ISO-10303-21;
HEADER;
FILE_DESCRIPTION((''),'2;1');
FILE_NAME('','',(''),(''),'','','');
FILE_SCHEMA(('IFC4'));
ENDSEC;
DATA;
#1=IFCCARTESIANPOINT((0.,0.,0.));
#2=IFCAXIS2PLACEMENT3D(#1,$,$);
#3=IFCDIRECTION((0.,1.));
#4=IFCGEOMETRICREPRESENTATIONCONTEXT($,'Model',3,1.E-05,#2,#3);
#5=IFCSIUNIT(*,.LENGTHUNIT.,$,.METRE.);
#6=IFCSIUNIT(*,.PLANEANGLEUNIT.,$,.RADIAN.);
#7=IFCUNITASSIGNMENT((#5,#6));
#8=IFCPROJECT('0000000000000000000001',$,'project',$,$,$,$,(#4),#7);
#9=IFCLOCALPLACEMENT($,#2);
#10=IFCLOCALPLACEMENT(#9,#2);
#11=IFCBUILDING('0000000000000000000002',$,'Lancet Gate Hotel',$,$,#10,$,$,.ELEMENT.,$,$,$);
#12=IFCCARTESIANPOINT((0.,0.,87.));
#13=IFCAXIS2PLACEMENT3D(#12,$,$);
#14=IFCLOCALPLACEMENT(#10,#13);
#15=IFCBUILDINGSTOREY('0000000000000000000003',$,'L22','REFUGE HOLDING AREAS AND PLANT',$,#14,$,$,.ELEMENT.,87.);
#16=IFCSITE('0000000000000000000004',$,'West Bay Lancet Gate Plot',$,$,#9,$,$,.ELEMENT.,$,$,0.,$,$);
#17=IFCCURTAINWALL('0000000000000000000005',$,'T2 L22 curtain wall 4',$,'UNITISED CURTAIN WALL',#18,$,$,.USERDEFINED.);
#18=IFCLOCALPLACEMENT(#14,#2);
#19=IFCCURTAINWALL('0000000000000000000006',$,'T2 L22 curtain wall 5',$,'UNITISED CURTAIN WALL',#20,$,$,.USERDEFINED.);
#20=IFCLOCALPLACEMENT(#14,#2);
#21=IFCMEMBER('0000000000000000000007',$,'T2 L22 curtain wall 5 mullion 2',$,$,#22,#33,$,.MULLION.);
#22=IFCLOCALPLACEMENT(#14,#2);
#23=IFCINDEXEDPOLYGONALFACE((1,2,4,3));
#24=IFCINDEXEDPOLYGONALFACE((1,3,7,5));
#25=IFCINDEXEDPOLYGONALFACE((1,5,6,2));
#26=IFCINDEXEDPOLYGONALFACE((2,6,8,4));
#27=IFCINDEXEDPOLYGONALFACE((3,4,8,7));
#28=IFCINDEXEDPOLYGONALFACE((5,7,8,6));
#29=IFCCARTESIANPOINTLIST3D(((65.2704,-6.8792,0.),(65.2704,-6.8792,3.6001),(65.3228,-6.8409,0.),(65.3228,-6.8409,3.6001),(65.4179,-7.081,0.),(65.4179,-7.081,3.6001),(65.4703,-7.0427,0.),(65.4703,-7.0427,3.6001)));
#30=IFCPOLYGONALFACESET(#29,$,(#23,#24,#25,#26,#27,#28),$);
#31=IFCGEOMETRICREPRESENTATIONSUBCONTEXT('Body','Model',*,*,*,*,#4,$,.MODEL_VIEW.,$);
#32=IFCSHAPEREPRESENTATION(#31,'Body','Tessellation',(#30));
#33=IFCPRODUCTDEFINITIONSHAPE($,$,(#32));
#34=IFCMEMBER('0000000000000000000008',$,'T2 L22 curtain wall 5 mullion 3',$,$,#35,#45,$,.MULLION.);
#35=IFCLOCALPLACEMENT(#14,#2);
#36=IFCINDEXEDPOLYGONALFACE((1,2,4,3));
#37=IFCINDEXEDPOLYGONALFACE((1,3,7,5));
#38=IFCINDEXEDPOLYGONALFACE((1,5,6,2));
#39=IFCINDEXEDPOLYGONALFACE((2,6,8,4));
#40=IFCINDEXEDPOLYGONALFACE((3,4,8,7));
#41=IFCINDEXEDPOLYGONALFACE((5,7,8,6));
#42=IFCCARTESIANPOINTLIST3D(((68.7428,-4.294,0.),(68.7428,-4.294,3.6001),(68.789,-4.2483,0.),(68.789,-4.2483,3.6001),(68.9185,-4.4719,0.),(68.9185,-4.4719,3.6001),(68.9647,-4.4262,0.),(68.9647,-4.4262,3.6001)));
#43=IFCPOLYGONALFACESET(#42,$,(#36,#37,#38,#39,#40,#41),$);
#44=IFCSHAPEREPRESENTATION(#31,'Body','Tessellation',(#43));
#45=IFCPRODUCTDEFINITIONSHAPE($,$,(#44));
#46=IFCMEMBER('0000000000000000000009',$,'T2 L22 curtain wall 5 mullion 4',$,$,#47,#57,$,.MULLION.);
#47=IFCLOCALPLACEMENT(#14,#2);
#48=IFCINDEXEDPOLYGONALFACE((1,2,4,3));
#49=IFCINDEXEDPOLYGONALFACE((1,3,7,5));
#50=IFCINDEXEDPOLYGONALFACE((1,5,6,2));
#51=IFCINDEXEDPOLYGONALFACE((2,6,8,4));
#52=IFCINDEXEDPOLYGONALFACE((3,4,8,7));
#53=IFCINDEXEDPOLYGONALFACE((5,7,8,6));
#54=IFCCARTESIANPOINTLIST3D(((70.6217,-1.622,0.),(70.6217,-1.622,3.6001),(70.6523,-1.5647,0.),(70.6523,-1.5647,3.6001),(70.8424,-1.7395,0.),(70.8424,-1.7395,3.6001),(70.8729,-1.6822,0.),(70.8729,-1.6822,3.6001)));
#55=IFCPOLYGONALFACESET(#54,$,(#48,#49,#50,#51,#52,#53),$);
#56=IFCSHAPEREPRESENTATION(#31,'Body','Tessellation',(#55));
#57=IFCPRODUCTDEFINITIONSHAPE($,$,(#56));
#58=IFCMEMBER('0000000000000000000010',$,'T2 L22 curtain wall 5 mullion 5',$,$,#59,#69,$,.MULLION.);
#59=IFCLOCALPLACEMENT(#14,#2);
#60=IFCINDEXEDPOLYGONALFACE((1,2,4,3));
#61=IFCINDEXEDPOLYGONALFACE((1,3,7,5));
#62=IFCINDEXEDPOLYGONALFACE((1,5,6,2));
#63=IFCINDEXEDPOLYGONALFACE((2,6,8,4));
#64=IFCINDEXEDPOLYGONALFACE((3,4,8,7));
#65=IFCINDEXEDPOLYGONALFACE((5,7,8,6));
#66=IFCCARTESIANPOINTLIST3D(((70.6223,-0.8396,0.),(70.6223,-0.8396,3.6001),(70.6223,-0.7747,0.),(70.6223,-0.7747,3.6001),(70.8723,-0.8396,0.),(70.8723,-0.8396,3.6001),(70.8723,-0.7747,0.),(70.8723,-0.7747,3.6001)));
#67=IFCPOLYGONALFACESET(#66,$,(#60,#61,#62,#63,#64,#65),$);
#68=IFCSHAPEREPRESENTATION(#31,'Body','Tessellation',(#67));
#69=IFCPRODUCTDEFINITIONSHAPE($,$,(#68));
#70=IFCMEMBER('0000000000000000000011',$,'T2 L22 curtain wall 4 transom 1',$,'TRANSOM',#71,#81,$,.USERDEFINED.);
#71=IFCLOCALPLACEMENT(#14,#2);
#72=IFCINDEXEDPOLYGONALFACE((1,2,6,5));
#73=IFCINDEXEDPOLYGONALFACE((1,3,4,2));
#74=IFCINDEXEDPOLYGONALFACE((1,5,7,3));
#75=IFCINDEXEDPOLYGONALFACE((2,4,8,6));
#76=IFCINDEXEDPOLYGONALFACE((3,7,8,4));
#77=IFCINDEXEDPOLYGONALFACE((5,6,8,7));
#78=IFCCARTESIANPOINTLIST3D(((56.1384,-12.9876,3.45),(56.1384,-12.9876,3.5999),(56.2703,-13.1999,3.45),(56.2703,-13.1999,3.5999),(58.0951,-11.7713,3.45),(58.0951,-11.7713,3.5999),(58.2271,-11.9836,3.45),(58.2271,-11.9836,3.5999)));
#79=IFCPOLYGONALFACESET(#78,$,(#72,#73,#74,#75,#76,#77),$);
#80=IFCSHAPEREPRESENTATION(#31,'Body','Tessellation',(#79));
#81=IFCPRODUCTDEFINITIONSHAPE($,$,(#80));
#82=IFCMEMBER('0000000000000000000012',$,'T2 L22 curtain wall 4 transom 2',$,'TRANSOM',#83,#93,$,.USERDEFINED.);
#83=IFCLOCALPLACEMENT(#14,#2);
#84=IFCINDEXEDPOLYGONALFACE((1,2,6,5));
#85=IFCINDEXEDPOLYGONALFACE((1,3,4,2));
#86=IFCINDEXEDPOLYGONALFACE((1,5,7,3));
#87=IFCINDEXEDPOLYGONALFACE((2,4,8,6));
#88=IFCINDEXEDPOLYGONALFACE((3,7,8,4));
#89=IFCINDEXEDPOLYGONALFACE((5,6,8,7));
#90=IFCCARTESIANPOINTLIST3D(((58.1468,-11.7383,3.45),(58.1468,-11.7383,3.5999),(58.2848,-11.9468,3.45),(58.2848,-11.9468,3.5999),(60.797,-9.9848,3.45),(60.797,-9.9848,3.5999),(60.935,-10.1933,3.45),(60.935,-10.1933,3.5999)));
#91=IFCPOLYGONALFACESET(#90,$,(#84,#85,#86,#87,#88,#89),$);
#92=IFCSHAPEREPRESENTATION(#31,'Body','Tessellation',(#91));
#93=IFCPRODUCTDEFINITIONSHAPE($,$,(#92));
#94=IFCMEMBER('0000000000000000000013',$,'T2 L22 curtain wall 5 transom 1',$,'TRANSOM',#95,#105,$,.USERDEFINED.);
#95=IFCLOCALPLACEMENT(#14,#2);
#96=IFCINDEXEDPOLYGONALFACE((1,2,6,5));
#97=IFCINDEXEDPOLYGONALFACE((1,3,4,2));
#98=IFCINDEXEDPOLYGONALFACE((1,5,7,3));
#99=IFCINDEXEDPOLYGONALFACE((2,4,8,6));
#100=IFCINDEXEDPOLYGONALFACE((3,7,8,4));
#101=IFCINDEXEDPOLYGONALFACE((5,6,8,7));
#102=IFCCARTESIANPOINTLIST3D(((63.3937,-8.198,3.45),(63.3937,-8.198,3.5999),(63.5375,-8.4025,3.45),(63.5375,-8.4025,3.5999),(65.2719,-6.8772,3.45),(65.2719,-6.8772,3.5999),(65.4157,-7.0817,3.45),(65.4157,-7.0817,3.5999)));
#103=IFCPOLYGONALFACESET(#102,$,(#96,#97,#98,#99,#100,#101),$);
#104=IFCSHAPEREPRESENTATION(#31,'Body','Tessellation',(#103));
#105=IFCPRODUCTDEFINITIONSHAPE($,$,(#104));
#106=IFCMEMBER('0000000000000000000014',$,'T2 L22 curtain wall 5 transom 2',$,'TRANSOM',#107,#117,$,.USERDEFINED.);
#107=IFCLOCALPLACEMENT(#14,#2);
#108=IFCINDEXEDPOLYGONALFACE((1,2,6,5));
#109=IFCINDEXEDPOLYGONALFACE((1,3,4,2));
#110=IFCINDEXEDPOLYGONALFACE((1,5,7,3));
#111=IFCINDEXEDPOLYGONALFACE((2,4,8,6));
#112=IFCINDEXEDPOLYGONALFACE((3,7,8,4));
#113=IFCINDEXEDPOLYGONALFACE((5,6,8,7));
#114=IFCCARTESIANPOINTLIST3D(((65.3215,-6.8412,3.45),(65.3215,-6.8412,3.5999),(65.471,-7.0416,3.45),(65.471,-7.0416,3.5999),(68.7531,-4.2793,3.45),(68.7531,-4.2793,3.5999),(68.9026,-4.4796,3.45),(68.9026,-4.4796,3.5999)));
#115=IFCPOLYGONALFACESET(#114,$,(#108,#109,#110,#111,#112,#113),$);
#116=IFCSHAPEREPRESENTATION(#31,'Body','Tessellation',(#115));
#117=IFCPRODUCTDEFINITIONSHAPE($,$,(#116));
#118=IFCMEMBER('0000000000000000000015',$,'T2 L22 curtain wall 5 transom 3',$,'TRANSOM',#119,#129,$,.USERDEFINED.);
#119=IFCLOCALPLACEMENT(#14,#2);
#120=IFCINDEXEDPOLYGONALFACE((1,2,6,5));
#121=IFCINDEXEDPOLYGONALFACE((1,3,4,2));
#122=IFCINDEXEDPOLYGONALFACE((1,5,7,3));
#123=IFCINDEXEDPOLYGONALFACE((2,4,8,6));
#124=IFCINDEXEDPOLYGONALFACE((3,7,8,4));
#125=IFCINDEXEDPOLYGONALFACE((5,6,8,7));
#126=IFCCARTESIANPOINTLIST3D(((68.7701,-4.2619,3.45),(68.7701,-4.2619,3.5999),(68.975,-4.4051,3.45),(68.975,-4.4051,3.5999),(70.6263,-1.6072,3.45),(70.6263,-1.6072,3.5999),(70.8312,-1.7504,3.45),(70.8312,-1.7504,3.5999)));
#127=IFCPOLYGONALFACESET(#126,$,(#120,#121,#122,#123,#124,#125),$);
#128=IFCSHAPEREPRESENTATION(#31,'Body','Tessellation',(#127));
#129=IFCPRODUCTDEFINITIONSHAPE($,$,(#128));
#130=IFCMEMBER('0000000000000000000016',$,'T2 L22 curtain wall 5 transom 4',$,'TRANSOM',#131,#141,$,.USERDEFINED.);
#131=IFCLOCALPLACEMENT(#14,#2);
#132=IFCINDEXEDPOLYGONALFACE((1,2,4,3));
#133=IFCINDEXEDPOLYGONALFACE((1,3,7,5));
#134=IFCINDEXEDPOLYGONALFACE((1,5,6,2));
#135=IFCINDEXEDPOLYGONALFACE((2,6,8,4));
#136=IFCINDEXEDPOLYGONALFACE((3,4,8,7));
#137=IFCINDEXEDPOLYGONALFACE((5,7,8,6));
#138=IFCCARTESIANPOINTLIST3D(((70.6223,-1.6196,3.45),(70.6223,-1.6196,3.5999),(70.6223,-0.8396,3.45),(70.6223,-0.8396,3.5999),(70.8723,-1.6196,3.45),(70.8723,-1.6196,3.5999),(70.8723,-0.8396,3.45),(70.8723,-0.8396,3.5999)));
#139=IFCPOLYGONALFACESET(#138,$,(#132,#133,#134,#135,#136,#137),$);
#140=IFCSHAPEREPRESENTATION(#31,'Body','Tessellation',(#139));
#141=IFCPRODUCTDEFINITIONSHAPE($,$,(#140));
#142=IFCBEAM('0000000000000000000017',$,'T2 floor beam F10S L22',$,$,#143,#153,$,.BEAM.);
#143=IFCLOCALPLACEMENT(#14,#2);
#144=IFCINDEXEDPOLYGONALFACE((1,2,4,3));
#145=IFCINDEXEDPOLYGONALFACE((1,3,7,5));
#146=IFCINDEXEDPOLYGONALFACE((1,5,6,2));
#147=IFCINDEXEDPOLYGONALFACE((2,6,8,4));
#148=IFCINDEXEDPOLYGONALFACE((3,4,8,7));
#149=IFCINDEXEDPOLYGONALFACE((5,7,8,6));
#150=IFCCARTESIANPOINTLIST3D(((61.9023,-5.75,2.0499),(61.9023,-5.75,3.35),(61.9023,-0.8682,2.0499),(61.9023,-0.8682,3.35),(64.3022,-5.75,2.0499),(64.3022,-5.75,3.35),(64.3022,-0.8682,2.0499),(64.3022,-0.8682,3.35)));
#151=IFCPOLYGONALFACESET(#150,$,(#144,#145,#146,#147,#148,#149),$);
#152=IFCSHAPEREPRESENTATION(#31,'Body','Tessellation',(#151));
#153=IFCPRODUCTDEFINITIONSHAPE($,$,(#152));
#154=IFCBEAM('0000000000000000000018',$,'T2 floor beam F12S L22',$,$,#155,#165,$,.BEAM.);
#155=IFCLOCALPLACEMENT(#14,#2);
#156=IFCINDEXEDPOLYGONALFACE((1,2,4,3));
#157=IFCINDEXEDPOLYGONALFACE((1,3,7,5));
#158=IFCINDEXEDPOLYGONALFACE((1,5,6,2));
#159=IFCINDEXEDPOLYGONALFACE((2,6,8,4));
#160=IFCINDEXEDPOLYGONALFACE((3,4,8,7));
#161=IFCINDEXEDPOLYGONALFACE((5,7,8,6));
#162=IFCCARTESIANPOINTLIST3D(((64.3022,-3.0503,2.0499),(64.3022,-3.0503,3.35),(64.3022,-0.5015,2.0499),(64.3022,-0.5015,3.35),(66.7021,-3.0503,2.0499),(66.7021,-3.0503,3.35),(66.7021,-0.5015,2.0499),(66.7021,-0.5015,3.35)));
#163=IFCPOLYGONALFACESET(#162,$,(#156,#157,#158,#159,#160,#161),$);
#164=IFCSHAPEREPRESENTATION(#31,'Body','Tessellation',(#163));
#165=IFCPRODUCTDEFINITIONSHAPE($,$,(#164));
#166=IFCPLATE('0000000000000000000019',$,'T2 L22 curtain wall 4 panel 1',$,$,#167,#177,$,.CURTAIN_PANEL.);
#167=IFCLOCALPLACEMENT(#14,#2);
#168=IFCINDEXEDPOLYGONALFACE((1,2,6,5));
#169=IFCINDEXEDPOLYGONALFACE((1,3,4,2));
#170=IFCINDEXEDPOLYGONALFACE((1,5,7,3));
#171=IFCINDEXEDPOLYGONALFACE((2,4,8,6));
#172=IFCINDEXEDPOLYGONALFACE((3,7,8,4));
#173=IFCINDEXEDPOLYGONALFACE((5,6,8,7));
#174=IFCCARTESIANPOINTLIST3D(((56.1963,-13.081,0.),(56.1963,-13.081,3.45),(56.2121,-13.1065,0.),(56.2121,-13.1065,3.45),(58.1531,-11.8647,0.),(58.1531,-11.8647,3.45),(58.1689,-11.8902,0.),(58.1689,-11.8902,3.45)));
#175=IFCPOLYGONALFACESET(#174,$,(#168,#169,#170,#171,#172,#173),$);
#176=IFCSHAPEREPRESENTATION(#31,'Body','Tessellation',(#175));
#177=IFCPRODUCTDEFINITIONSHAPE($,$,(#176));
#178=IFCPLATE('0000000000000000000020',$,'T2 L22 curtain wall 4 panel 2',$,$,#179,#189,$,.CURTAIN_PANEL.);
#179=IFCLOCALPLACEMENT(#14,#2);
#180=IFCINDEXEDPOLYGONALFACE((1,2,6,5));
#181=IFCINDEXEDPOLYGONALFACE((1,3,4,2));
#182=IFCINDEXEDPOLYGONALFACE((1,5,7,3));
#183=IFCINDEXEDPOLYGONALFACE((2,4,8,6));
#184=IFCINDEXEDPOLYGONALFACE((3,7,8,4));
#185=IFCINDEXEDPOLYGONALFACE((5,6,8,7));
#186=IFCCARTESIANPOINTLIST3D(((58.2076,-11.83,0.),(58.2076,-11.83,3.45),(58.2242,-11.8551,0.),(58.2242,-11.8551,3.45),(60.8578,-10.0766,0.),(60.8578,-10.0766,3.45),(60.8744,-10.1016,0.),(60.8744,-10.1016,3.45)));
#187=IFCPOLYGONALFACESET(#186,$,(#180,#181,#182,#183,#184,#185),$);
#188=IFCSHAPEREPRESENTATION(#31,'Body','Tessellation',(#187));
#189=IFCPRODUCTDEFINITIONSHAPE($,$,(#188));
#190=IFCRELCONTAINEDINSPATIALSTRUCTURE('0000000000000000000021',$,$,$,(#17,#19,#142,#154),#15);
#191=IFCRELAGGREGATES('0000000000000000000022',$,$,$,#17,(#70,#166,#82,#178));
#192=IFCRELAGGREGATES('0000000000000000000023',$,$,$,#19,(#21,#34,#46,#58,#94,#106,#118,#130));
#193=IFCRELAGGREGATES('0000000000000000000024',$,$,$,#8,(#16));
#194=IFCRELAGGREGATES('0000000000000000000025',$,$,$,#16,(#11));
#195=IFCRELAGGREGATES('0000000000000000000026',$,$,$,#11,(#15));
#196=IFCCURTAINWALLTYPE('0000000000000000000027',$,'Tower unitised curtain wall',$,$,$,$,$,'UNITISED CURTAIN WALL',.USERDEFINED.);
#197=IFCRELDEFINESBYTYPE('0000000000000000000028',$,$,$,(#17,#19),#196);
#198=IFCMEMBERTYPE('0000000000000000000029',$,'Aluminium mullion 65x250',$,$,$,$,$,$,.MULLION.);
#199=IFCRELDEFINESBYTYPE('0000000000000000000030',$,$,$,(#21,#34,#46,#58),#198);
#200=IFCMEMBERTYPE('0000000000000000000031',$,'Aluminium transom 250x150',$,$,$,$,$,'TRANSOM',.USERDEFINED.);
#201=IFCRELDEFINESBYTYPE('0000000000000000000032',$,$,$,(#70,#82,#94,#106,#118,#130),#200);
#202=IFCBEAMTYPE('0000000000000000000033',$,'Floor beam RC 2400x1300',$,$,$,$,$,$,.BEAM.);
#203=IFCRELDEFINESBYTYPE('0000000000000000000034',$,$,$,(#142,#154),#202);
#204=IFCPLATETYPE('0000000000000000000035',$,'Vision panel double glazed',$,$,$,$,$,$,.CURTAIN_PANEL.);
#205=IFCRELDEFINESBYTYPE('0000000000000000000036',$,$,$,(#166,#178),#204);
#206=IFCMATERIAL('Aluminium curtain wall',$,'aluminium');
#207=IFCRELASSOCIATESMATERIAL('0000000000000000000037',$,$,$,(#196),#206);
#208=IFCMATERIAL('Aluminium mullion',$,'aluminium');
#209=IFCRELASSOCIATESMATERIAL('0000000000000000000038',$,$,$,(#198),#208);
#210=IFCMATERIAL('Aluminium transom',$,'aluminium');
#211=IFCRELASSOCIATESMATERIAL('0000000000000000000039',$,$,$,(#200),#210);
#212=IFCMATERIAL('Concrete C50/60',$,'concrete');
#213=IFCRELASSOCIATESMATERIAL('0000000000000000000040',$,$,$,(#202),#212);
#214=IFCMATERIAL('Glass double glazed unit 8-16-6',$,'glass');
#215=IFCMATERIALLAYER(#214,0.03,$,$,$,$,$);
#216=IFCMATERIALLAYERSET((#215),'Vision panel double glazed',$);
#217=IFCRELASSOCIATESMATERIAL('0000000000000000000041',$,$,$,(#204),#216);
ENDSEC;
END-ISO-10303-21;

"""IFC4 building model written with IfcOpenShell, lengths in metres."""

from ifc_helpers import new_model, si_unit, direction, frame, origin, origin_2d, place, context, subcontext, project, spatial, rectangle, extrude, material, layer, layer_set, material_profile, profile_set, type_object, element, aggregate, save


model = new_model("IFC4")

# Units and contexts
model_context = context("Model", 3, precision=1e-05, world=origin(), true_north=direction((0.0, 1.0)))
body_context = subcontext(model_context, "Body", "Model", "MODEL_VIEW")
ifc_project = project(units=[si_unit("LENGTHUNIT", "METRE"), si_unit("PLANEANGLEUNIT", "RADIAN")], contexts=[model_context])

# Site, building, storey
site_placement = place(None, origin())
site = spatial("IfcSite", under=ifc_project, at=site_placement, Name="West Bay Lancet Gate Plot", CompositionType="ELEMENT", RefElevation=0.0)
building_placement = place(site_placement, origin())
building = spatial("IfcBuilding", under=site, at=building_placement, Name="Lancet Gate Hotel", CompositionType="ELEMENT")
storey_placement = place(building_placement, frame((0.0, 0.0, 87.0)))
storey = spatial("IfcBuildingStorey", under=building, at=storey_placement, Name="L22", Description="REFUGE HOLDING AREAS AND PLANT", CompositionType="ELEMENT", Elevation=87.0)

# Shared definitions
ifc_material_1 = material(Name="Aluminium curtain wall", Category="aluminium")
curtain_wall_type = type_object("IfcCurtainWallType", Name="Tower unitised curtain wall", ElementType="UNITISED CURTAIN WALL", PredefinedType="USERDEFINED", material=ifc_material_1)
ifc_material_2 = material(Name="Aluminium mullion", Category="aluminium")
ifc_material_profile_1 = material_profile(ifc_material_2, rectangle(XDim=0.0649, YDim=0.25, at=origin_2d()), Name="MULLION 65x250")
ifc_profile_set_1 = profile_set([ifc_material_profile_1], Name="Aluminium mullion")
member_type_1 = type_object("IfcMemberType", Name="Aluminium mullion 65x250", PredefinedType="MULLION", material=ifc_profile_set_1)

# Curtain walls, members
curtain_wall_1_placement = place(storey_placement, origin())
curtain_wall_1 = element("IfcCurtainWall", 1, at=curtain_wall_1_placement, inside=storey, type_object=curtain_wall_type, Name="T2 L22 curtain wall 4", ObjectType="UNITISED CURTAIN WALL", PredefinedType="USERDEFINED")
curtain_wall_2_placement = place(storey_placement, origin())
curtain_wall_2 = element("IfcCurtainWall", 2, at=curtain_wall_2_placement, inside=storey, type_object=curtain_wall_type, Name="T2 L22 curtain wall 5", ObjectType="UNITISED CURTAIN WALL", PredefinedType="USERDEFINED")
member_1_placement = place(storey_placement, frame((65.3704, -6.9609, 0.0), z_axis=(0.0, 0.0, 1.0), x_axis=(0.807254, 0.590204, 0.0)))
member_1 = element("IfcMember", 3, at=member_1_placement, type_object=member_type_1, Name="T2 L22 curtain wall 5 mullion 2", PredefinedType="MULLION", context=body_context, shape_type="SweptSolid", body=[
    extrude(rectangle(XDim=0.0649, YDim=0.25, at=origin_2d()), origin(), (0.0, 0.0, 1.0), 3.6001),
])
member_2_placement = place(storey_placement, frame((68.8538, -4.3601, 0.0), z_axis=(0.0, 0.0, 1.0), x_axis=(0.71161, 0.702574, 0.0)))
member_2 = element("IfcMember", 4, at=member_2_placement, type_object=member_type_1, Name="T2 L22 curtain wall 5 mullion 3", PredefinedType="MULLION", context=body_context, shape_type="SweptSolid", body=[
    extrude(rectangle(XDim=0.0649, YDim=0.25, at=origin_2d()), origin(), (0.0, 0.0, 1.0), 3.6001),
])
member_3_placement = place(storey_placement, frame((70.7473, -1.6521, 0.0), z_axis=(0.0, 0.0, 1.0), x_axis=(0.47031, 0.882502, 0.0)))
member_3 = element("IfcMember", 5, at=member_3_placement, type_object=member_type_1, Name="T2 L22 curtain wall 5 mullion 4", PredefinedType="MULLION", context=body_context, shape_type="SweptSolid", body=[
    extrude(rectangle(XDim=0.0649, YDim=0.25, at=origin_2d()), origin(), (0.0, 0.0, 1.0), 3.6001),
])
member_4_placement = place(storey_placement, frame((70.7473, -0.8071, 0.0), z_axis=(0.0, 0.0, 1.0), x_axis=(0.0, 1.0, 0.0)))
member_4 = element("IfcMember", 6, at=member_4_placement, type_object=member_type_1, Name="T2 L22 curtain wall 5 mullion 5", PredefinedType="MULLION", context=body_context, shape_type="SweptSolid", body=[
    extrude(rectangle(XDim=0.0649, YDim=0.25, at=origin_2d()), origin(), (0.0, 0.0, 1.0), 3.6001),
])

# Members
ifc_material_3 = material(Name="Aluminium transom", Category="aluminium")
ifc_material_profile_2 = material_profile(ifc_material_3, rectangle(XDim=0.25, YDim=0.1499, at=origin_2d()), Name="TRANSOM 250x150")
ifc_profile_set_2 = profile_set([ifc_material_profile_2], Name="Aluminium transom")
member_type_2 = type_object("IfcMemberType", Name="Aluminium transom 250x150", ElementType="TRANSOM", PredefinedType="USERDEFINED", material=ifc_profile_set_2)
member_5_placement = place(storey_placement, frame((56.2043, -13.0938, 3.5249), z_axis=(0.849299, 0.527911, 0.0), x_axis=(-0.527911, 0.849299, 0.0)))
member_5 = element("IfcMember", 7, at=member_5_placement, type_object=member_type_2, Name="T2 L22 curtain wall 4 transom 1", ObjectType="TRANSOM", PredefinedType="USERDEFINED", context=body_context, shape_type="SweptSolid", body=[
    extrude(rectangle(XDim=0.25, YDim=0.1499, at=origin_2d()), origin(), (0.0, 0.0, 1.0), 2.304),
])
member_6_placement = place(storey_placement, frame((58.2158, -11.8425, 3.5249), z_axis=(0.833984, 0.551789, 0.0), x_axis=(-0.551789, 0.833984, 0.0)))
member_6 = element("IfcMember", 8, at=member_6_placement, type_object=member_type_2, Name="T2 L22 curtain wall 4 transom 2", ObjectType="TRANSOM", PredefinedType="USERDEFINED", context=body_context, shape_type="SweptSolid", body=[
    extrude(rectangle(XDim=0.25, YDim=0.1499, at=origin_2d()), origin(), (0.0, 0.0, 1.0), 3.1777),
])
member_7_placement = place(storey_placement, frame((63.4656, -8.3003, 3.5249), z_axis=(0.817986, 0.575238, 0.0), x_axis=(-0.575238, 0.817986, 0.0)))
member_7 = element("IfcMember", 9, at=member_7_placement, type_object=member_type_2, Name="T2 L22 curtain wall 5 transom 1", ObjectType="TRANSOM", PredefinedType="USERDEFINED", context=body_context, shape_type="SweptSolid", body=[
    extrude(rectangle(XDim=0.25, YDim=0.1499, at=origin_2d()), origin(), (0.0, 0.0, 1.0), 2.2961),
])
member_8_placement = place(storey_placement, frame((65.3962, -6.9414, 3.5249), z_axis=(0.801312, 0.598247, 0.0), x_axis=(-0.598247, 0.801312, 0.0)))
member_8 = element("IfcMember", 10, at=member_8_placement, type_object=member_type_2, Name="T2 L22 curtain wall 5 transom 2", ObjectType="TRANSOM", PredefinedType="USERDEFINED", context=body_context, shape_type="SweptSolid", body=[
    extrude(rectangle(XDim=0.25, YDim=0.1499, at=origin_2d()), origin(), (0.0, 0.0, 1.0), 4.2825),
])
member_9_placement = place(storey_placement, frame((68.8726, -4.3335, 3.5249), z_axis=(0.573017, 0.819543, 0.0), x_axis=(-0.819543, 0.573017, 0.0)))
member_9 = element("IfcMember", 11, at=member_9_placement, type_object=member_type_2, Name="T2 L22 curtain wall 5 transom 3", ObjectType="TRANSOM", PredefinedType="USERDEFINED", context=body_context, shape_type="SweptSolid", body=[
    extrude(rectangle(XDim=0.25, YDim=0.1499, at=origin_2d()), origin(), (0.0, 0.0, 1.0), 3.2393),
])
member_10_placement = place(storey_placement, frame((70.7473, -1.6196, 3.5249), z_axis=(0.0, 1.0, 0.0), x_axis=(-1.0, 0.0, 0.0)))
member_10 = element("IfcMember", 12, at=member_10_placement, type_object=member_type_2, Name="T2 L22 curtain wall 5 transom 4", ObjectType="TRANSOM", PredefinedType="USERDEFINED", context=body_context, shape_type="SweptSolid", body=[
    extrude(rectangle(XDim=0.25, YDim=0.1499, at=origin_2d()), origin(), (0.0, 0.0, 1.0), 0.78),
])

# Beams
ifc_material_4 = material(Name="Concrete C50/60", Category="concrete")
ifc_material_profile_3 = material_profile(ifc_material_4, rectangle(XDim=2.3999, YDim=1.3, at=origin_2d()), Name="RC 2400x1300")
ifc_profile_set_3 = profile_set([ifc_material_profile_3], Name="Concrete C50/60")
beam_type = type_object("IfcBeamType", Name="Floor beam RC 2400x1300", PredefinedType="BEAM", material=ifc_profile_set_3)
beam_1_placement = place(storey_placement, frame((63.1023, -5.75, 2.7), z_axis=(0.0, 1.0, 0.0), x_axis=(-1.0, 0.0, 0.0)))
element("IfcBeam", 13, at=beam_1_placement, inside=storey, type_object=beam_type, Name="T2 floor beam F10S L22", PredefinedType="BEAM", context=body_context, shape_type="SweptSolid", body=[
    extrude(rectangle(XDim=2.3999, YDim=1.3, at=origin_2d()), origin(), (0.0, 0.0, 1.0), 4.8818),
])
beam_2_placement = place(storey_placement, frame((65.5022, -3.0503, 2.7), z_axis=(0.0, 1.0, 0.0), x_axis=(-1.0, 0.0, 0.0)))
element("IfcBeam", 14, at=beam_2_placement, inside=storey, type_object=beam_type, Name="T2 floor beam F12S L22", PredefinedType="BEAM", context=body_context, shape_type="SweptSolid", body=[
    extrude(rectangle(XDim=2.3999, YDim=1.3, at=origin_2d()), origin(), (0.0, 0.0, 1.0), 2.5488),
])

# Plates
ifc_material_5 = material(Name="Glass double glazed unit 8-16-6", Category="glass")
ifc_layer_1 = layer(ifc_material_5, 0.03)
ifc_layer_set_1 = layer_set([ifc_layer_1], Name="Vision panel double glazed")
plate_type = type_object("IfcPlateType", Name="Vision panel double glazed", PredefinedType="CURTAIN_PANEL", material=ifc_layer_set_1)
plate_1_placement = place(storey_placement, frame((57.1826, -12.4856, 0.0), z_axis=(0.0, 0.0, 1.0), x_axis=(0.849318, 0.527882, 0.0)))
plate_1 = element("IfcPlate", 15, at=plate_1_placement, type_object=plate_type, Name="T2 L22 curtain wall 4 panel 1", PredefinedType="CURTAIN_PANEL", context=body_context, shape_type="SweptSolid", body=[
    extrude(rectangle(XDim=2.304, YDim=0.03, at=origin_2d()), origin(), (0.0, 0.0, 1.0), 3.45),
])
plate_2_placement = place(storey_placement, frame((59.541, -10.9658, 0.0), z_axis=(0.0, 0.0, 1.0), x_axis=(0.833985, 0.551787, 0.0)))
plate_2 = element("IfcPlate", 16, at=plate_2_placement, type_object=plate_type, Name="T2 L22 curtain wall 4 panel 2", PredefinedType="CURTAIN_PANEL", context=body_context, shape_type="SweptSolid", body=[
    extrude(rectangle(XDim=3.1777, YDim=0.03, at=origin_2d()), origin(), (0.0, 0.0, 1.0), 3.45),
])
aggregate(curtain_wall_1, [member_5, plate_1, member_6, plate_2])
aggregate(curtain_wall_2, [member_1, member_2, member_3, member_4, member_7, member_8, member_9, member_10])

save(model, "model.ifc")
